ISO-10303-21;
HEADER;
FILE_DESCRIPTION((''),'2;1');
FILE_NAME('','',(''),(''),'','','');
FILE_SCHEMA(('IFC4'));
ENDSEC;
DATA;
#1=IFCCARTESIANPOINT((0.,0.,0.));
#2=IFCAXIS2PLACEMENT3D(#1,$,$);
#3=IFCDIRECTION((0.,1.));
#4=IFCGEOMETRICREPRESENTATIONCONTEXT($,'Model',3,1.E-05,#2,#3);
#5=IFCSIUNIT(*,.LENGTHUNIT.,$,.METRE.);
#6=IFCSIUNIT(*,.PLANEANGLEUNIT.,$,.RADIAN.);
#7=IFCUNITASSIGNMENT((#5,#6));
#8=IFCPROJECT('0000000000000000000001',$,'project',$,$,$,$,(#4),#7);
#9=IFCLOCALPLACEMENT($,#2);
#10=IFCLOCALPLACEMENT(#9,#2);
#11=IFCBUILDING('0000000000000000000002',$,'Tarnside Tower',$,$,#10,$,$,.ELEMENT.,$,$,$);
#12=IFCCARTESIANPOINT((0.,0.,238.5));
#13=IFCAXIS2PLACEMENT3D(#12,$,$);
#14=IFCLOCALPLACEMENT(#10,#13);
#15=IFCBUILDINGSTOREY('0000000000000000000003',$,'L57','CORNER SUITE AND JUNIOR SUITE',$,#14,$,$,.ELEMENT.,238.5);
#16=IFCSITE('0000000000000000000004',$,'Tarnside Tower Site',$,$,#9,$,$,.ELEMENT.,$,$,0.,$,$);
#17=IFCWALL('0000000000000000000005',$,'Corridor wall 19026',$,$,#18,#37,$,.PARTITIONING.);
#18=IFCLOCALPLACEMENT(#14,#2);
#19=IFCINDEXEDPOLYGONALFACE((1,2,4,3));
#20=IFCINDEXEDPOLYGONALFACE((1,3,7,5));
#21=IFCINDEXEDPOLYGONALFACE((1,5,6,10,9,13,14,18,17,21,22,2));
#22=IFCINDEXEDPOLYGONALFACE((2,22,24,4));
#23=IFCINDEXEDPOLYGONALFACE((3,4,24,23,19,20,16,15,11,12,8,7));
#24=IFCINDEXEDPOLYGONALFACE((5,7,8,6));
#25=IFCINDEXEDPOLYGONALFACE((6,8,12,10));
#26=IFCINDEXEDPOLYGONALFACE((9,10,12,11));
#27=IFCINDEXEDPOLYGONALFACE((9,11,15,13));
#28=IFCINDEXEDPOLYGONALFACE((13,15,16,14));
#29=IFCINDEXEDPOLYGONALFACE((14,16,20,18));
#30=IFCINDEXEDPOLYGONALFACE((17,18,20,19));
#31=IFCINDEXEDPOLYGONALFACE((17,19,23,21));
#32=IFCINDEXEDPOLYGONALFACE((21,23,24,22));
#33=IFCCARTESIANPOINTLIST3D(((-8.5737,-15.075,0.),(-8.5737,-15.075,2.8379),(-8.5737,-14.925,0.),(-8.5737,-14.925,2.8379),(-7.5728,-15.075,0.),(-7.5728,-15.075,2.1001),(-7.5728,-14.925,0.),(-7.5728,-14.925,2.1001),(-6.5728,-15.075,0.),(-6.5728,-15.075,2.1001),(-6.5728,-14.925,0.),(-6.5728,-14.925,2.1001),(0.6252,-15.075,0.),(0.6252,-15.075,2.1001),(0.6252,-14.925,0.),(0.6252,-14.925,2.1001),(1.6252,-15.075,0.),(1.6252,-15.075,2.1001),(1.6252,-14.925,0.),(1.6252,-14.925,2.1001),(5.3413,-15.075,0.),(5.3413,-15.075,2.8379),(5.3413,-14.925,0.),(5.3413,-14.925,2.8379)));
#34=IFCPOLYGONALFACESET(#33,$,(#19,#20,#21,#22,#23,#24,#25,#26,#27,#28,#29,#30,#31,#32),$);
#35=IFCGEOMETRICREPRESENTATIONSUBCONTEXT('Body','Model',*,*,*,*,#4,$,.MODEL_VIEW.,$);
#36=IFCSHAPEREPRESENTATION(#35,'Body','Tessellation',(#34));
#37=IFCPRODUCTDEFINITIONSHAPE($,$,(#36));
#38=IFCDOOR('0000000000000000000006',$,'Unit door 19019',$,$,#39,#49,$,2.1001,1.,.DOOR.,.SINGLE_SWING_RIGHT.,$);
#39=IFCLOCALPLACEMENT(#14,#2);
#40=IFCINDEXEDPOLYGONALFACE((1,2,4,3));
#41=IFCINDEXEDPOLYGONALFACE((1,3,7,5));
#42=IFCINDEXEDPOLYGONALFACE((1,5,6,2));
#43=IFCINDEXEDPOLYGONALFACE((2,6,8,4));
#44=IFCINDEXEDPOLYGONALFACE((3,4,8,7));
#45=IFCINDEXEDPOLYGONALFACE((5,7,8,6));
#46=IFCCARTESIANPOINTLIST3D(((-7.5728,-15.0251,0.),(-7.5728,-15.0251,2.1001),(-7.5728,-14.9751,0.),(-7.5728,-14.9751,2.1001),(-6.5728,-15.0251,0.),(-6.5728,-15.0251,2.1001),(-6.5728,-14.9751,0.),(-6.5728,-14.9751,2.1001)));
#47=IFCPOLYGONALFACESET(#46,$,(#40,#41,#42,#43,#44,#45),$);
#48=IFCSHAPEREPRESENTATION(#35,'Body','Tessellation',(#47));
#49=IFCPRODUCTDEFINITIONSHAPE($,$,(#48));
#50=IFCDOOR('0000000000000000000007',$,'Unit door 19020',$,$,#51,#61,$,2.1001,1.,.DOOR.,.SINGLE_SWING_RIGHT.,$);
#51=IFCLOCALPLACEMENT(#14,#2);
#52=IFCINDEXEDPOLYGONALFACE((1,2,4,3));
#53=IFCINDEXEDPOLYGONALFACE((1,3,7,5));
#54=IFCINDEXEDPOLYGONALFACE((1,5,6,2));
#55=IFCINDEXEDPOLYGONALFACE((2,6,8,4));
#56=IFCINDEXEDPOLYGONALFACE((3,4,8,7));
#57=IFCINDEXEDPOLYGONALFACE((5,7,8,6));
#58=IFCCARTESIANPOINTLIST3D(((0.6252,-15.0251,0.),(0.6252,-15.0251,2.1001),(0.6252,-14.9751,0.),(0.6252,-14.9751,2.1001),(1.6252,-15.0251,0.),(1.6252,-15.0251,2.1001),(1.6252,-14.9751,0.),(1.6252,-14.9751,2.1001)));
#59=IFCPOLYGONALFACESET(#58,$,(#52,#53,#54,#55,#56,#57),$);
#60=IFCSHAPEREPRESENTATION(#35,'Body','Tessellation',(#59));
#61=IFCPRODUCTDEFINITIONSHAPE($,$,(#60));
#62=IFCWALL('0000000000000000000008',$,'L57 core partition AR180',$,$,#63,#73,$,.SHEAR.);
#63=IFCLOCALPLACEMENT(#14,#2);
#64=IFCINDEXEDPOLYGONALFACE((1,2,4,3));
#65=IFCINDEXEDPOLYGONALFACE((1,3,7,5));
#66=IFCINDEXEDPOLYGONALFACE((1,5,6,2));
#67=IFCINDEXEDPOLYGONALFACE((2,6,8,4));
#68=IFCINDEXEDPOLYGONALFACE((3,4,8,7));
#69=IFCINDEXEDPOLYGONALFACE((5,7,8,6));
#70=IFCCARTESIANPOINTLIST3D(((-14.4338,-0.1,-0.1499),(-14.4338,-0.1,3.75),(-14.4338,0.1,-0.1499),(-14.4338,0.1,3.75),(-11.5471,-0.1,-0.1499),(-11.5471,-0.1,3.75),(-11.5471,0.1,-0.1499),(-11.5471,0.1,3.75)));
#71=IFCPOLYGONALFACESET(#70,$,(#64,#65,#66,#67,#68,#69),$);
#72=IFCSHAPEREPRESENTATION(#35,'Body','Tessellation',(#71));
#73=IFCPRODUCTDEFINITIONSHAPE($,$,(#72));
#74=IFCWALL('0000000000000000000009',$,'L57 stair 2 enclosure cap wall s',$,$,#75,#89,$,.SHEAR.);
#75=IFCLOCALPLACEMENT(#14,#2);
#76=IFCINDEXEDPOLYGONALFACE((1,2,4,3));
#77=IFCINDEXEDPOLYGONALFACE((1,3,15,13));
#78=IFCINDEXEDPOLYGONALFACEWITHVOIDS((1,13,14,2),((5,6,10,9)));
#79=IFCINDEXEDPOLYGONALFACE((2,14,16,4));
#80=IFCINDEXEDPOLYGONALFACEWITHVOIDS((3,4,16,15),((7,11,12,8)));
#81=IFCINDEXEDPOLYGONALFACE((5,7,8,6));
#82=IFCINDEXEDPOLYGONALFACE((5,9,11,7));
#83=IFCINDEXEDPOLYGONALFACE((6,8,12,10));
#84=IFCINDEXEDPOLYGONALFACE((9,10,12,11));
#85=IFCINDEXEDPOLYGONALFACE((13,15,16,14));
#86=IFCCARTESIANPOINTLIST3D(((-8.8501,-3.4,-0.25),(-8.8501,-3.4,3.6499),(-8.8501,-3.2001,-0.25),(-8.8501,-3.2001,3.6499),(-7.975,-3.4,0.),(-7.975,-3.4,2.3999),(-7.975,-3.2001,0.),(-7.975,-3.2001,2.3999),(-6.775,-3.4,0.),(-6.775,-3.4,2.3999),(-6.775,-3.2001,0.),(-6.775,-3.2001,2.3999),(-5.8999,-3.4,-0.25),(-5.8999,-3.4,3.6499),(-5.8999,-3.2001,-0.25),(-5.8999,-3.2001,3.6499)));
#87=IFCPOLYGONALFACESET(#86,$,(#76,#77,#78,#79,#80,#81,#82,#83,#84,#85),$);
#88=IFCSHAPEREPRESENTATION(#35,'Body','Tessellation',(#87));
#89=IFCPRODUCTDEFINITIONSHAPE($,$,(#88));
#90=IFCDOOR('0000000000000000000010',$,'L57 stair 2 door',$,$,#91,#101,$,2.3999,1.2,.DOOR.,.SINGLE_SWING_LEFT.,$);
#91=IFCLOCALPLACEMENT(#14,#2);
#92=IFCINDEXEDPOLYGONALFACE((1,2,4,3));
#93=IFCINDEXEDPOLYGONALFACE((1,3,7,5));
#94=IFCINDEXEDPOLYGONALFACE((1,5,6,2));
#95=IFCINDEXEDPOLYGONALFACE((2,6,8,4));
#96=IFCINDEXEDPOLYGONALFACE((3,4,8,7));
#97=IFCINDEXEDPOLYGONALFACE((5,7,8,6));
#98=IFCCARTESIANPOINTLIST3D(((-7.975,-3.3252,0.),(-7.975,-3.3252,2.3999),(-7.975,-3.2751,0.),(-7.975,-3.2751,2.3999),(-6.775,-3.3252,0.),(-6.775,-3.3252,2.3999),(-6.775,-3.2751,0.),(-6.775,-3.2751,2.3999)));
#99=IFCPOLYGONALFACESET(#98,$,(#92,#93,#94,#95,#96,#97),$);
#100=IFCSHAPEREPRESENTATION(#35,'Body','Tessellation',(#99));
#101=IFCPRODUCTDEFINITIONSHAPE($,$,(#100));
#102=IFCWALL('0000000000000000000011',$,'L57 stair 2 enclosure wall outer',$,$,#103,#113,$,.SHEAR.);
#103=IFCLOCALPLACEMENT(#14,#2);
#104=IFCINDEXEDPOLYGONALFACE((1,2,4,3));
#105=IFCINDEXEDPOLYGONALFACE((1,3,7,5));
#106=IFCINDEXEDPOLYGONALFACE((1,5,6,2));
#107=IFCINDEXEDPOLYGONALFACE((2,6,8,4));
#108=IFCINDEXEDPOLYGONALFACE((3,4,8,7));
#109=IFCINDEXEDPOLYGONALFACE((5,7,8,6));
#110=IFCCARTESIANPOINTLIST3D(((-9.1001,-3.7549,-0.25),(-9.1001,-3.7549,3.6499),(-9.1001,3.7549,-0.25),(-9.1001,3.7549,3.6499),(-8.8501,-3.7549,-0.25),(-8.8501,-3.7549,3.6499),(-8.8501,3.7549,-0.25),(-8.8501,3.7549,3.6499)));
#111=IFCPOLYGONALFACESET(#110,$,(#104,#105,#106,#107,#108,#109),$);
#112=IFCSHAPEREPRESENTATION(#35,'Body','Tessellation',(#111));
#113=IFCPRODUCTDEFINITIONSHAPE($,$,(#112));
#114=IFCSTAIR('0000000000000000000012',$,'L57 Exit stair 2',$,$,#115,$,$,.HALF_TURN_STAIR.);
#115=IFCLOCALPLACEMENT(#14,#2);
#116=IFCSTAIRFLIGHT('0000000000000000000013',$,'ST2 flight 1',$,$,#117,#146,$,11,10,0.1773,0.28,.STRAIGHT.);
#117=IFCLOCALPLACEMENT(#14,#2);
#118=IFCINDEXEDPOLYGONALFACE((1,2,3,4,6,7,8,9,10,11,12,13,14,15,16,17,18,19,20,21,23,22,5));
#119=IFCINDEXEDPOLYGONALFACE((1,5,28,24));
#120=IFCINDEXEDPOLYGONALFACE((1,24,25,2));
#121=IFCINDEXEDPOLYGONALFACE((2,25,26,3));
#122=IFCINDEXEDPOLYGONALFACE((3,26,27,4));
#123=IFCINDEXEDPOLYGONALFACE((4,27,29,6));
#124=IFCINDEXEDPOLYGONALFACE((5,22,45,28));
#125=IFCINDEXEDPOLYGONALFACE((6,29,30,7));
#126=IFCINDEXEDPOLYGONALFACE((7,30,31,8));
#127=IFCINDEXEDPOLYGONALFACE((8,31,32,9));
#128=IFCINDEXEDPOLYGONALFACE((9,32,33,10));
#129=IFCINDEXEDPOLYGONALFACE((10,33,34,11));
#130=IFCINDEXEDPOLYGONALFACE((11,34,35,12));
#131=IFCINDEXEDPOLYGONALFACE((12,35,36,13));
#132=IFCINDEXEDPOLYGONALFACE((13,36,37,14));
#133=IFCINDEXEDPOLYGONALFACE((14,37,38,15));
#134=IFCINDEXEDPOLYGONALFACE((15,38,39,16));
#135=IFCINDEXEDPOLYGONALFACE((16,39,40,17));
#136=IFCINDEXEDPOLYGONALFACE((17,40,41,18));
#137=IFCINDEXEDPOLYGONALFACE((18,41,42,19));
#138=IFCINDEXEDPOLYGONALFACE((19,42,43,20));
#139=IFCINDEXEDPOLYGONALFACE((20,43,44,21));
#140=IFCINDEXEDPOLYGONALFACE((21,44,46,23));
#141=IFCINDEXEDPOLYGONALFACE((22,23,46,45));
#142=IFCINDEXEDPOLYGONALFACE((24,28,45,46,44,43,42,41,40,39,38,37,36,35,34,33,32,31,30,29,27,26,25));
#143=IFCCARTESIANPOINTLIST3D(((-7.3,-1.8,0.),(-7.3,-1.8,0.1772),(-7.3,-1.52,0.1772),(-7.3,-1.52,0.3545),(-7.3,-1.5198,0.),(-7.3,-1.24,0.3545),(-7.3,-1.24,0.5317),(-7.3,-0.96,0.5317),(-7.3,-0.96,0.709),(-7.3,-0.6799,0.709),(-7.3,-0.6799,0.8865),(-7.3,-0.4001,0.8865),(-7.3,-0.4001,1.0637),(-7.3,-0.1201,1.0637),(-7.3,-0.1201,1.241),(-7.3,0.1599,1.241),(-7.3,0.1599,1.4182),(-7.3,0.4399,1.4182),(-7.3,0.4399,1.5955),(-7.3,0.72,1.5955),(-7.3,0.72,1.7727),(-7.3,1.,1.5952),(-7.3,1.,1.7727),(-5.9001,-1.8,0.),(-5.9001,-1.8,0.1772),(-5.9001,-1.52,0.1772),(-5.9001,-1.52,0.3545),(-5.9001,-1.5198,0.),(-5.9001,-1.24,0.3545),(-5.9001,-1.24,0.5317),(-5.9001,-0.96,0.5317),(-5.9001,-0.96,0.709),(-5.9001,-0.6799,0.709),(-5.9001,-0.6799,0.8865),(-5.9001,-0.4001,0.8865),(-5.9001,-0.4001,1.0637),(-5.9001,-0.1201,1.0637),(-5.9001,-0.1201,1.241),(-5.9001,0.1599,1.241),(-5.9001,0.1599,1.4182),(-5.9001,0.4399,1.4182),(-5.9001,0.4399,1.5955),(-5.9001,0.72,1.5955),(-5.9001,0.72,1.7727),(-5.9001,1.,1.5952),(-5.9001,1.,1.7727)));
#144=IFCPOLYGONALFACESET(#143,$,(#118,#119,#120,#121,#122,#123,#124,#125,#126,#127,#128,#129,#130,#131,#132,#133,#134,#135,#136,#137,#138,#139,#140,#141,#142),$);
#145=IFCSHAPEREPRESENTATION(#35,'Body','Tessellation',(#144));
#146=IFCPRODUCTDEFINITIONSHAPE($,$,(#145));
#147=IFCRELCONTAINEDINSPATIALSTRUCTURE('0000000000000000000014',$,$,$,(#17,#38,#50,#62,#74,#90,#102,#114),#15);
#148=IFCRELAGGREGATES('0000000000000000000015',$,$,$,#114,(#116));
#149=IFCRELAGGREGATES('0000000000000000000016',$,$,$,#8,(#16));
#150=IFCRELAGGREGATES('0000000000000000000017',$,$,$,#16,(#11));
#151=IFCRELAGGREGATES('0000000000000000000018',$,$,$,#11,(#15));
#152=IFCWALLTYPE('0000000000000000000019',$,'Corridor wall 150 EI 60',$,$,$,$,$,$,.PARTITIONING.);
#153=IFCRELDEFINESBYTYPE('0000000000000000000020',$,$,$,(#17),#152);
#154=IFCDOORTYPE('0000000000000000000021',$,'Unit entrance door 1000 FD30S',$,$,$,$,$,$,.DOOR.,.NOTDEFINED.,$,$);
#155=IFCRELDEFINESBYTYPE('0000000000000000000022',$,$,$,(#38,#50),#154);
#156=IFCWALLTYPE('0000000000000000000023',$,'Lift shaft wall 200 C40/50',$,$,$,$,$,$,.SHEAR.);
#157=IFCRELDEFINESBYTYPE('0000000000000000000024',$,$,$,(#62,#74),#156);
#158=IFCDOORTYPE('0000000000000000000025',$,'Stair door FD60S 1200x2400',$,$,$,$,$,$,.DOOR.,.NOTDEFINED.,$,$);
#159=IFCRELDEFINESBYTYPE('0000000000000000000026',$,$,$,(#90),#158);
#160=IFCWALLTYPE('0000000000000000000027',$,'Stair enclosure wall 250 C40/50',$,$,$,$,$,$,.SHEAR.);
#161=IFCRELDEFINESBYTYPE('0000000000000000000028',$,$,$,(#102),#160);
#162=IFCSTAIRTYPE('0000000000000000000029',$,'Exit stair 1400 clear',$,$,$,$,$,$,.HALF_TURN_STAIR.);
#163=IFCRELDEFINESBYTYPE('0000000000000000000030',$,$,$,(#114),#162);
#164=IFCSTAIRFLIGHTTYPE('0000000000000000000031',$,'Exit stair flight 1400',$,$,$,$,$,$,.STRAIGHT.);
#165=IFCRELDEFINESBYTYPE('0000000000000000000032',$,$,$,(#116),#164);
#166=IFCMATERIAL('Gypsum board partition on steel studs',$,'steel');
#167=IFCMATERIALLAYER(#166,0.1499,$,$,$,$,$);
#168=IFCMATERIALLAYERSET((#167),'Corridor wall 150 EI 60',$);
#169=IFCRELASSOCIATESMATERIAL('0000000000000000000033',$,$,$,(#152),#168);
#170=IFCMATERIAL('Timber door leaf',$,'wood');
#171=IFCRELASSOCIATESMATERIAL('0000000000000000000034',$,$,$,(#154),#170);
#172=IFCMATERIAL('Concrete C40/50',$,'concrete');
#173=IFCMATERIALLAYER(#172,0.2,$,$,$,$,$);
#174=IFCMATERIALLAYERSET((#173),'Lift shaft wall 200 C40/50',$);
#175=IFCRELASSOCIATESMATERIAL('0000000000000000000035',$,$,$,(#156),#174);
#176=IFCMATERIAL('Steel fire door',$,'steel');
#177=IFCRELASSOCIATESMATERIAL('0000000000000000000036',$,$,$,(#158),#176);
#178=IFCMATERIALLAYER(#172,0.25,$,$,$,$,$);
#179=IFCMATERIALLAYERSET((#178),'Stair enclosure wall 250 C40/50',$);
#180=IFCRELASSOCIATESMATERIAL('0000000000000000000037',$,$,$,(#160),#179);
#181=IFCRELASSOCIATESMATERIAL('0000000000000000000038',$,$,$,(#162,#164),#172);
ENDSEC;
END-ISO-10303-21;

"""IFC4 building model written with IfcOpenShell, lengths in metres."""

from ifc_helpers import new_model, si_unit, direction, frame, frame_2d, origin, place, context, subcontext, project, spatial, polyline, rectangle, outline, extrude, material, layer, layer_set, type_object, element, fill, aggregate, save


model = new_model("IFC4")

# Units and contexts
model_context = context("Model", 3, precision=1e-05, world=origin(), true_north=direction((0.0, 1.0)))
body_context = subcontext(model_context, "Body", "Model", "MODEL_VIEW")
ifc_project = project(units=[si_unit("LENGTHUNIT", "METRE"), si_unit("PLANEANGLEUNIT", "RADIAN")], contexts=[model_context])

# Site, building, storey
site_placement = place(None, origin())
site = spatial("IfcSite", under=ifc_project, at=site_placement, Name="Tarnside Tower Site", CompositionType="ELEMENT", RefElevation=0.0)
building_placement = place(site_placement, origin())
building = spatial("IfcBuilding", under=site, at=building_placement, Name="Tarnside Tower", CompositionType="ELEMENT")
storey_placement = place(building_placement, frame((0.0, 0.0, 238.5)))
storey = spatial("IfcBuildingStorey", under=building, at=storey_placement, Name="L57", Description="CORNER SUITE AND JUNIOR SUITE", CompositionType="ELEMENT", Elevation=238.5)

# Shared definitions
ifc_material_1 = material(Name="Gypsum board partition on steel studs", Category="steel")
ifc_material_2 = material(Name="Timber door leaf", Category="wood")
ifc_material_3 = material(Name="Steel fire door", Category="steel")
ifc_layer_1 = layer(ifc_material_1, 0.1499)
ifc_layer_set_1 = layer_set([ifc_layer_1], Name="Corridor wall 150 EI 60")
wall_type_1 = type_object("IfcWallType", Name="Corridor wall 150 EI 60", PredefinedType="PARTITIONING", material=ifc_layer_set_1)
door_type_1 = type_object("IfcDoorType", Name="Unit entrance door 1000 FD30S", OperationType="NOTDEFINED", PredefinedType="DOOR", material=ifc_material_2)

# Wall, openings, doors
wall_1_placement = place(storey_placement, frame((-8.5737, -15.0, 0.0), z_axis=(0.0, 0.0, 1.0), x_axis=(1.0, 0.0, 0.0)))
wall_1 = element("IfcWall", 1, at=wall_1_placement, inside=storey, type_object=wall_type_1, Name="Corridor wall 19026", PredefinedType="PARTITIONING", context=body_context, shape_type="SweptSolid", body=[
    extrude(rectangle(XDim=13.915, YDim=0.1499, at=frame_2d((6.9575, 0.0))), origin(), (0.0, 0.0, 1.0), 2.8379),
])
opening_1_placement = place(wall_1_placement, frame((1.001, 0.0, 0.0)))
opening_1 = element("IfcOpeningElement", 2, at=opening_1_placement, cuts=wall_1, PredefinedType="OPENING", context=body_context, shape_type="SweptSolid", body=[
    extrude(rectangle(XDim=1.0, YDim=2.1001, at=frame_2d((0.5, 1.05))), frame((0.0, 0.085, 0.0), z_axis=(0.0, -1.0, 0.0), x_axis=(1.0, 0.0, 0.0)), (0.0, 0.0, 1.0), 0.1699),
])
opening_2_placement = place(wall_1_placement, frame((9.199, 0.0, 0.0)))
opening_2 = element("IfcOpeningElement", 3, at=opening_2_placement, cuts=wall_1, PredefinedType="OPENING", context=body_context, shape_type="SweptSolid", body=[
    extrude(rectangle(XDim=1.0, YDim=2.1001, at=frame_2d((0.5, 1.05))), frame((0.0, 0.085, 0.0), z_axis=(0.0, -1.0, 0.0), x_axis=(1.0, 0.0, 0.0)), (0.0, 0.0, 1.0), 0.1699),
])
door_1_placement = place(opening_1_placement, origin())
door_1 = element("IfcDoor", 4, at=door_1_placement, inside=storey, type_object=door_type_1, Name="Unit door 19019", OperationType="SINGLE_SWING_RIGHT", OverallHeight=2.1001, OverallWidth=1.0, PredefinedType="DOOR", context=body_context, shape_type="SweptSolid", body=[
    extrude(rectangle(XDim=1.0, YDim=2.1001, at=frame_2d((0.5, 1.05))), frame((0.0, 0.0249, 0.0), z_axis=(0.0, -1.0, 0.0), x_axis=(1.0, 0.0, 0.0)), (0.0, 0.0, 1.0), 0.05),
])
fill(opening_1, door_1)
door_2_placement = place(opening_2_placement, origin())
door_2 = element("IfcDoor", 5, at=door_2_placement, inside=storey, type_object=door_type_1, Name="Unit door 19020", OperationType="SINGLE_SWING_RIGHT", OverallHeight=2.1001, OverallWidth=1.0, PredefinedType="DOOR", context=body_context, shape_type="SweptSolid", body=[
    extrude(rectangle(XDim=1.0, YDim=2.1001, at=frame_2d((0.5, 1.05))), frame((0.0, 0.0249, 0.0), z_axis=(0.0, -1.0, 0.0), x_axis=(1.0, 0.0, 0.0)), (0.0, 0.0, 1.0), 0.05),
])
fill(opening_2, door_2)

# Wall
ifc_material_4 = material(Name="Concrete C40/50", Category="concrete")
ifc_layer_2 = layer(ifc_material_4, 0.2)
ifc_layer_set_2 = layer_set([ifc_layer_2], Name="Lift shaft wall 200 C40/50")
wall_type_2 = type_object("IfcWallType", Name="Lift shaft wall 200 C40/50", PredefinedType="SHEAR", material=ifc_layer_set_2)
wall_2_placement = place(storey_placement, frame((-11.5471, 0.0, -0.1499), z_axis=(0.0, 0.0, 1.0), x_axis=(-1.0, 0.0, 0.0)))
element("IfcWall", 6, at=wall_2_placement, inside=storey, type_object=wall_type_2, Name="L57 core partition AR180", PredefinedType="SHEAR", context=body_context, shape_type="SweptSolid", body=[
    extrude(rectangle(XDim=2.8867, YDim=0.2, at=frame_2d((1.4434, 0.0))), origin(), (0.0, 0.0, 1.0), 3.8999),
])

# Wall, opening, door
wall_3_placement = place(storey_placement, frame((-8.8501, -3.3, -0.25), z_axis=(0.0, 0.0, 1.0), x_axis=(1.0, 0.0, 0.0)))
wall_3 = element("IfcWall", 7, at=wall_3_placement, inside=storey, type_object=wall_type_2, Name="L57 stair 2 enclosure cap wall s", PredefinedType="SHEAR", context=body_context, shape_type="SweptSolid", body=[
    extrude(rectangle(XDim=2.9502, YDim=0.2, at=frame_2d((1.4751, 0.0))), origin(), (0.0, 0.0, 1.0), 3.8999),
])
opening_3_placement = place(wall_3_placement, frame((0.875, 0.0, 0.25)))
opening_3 = element("IfcOpeningElement", 8, at=opening_3_placement, cuts=wall_3, PredefinedType="OPENING", context=body_context, shape_type="SweptSolid", body=[
    extrude(rectangle(XDim=1.2, YDim=2.3999, at=frame_2d((0.6001, 1.2))), frame((0.0, 0.1099, 0.0), z_axis=(0.0, -1.0, 0.0), x_axis=(1.0, 0.0, 0.0)), (0.0, 0.0, 1.0), 0.22),
])
door_type_2 = type_object("IfcDoorType", Name="Stair door FD60S 1200x2400", OperationType="NOTDEFINED", PredefinedType="DOOR", material=ifc_material_3)
door_3_placement = place(opening_3_placement, origin())
door_3 = element("IfcDoor", 9, at=door_3_placement, inside=storey, type_object=door_type_2, Name="L57 stair 2 door", OperationType="SINGLE_SWING_LEFT", OverallHeight=2.3999, OverallWidth=1.2, PredefinedType="DOOR", context=body_context, shape_type="SweptSolid", body=[
    extrude(rectangle(XDim=1.2, YDim=2.3999, at=frame_2d((0.6001, 1.2))), frame((0.0, 0.0249, 0.0), z_axis=(0.0, -1.0, 0.0), x_axis=(1.0, 0.0, 0.0)), (0.0, 0.0, 1.0), 0.05),
])
fill(opening_3, door_3)

# Wall
ifc_layer_3 = layer(ifc_material_4, 0.25)
ifc_layer_set_3 = layer_set([ifc_layer_3], Name="Stair enclosure wall 250 C40/50")
wall_type_3 = type_object("IfcWallType", Name="Stair enclosure wall 250 C40/50", PredefinedType="SHEAR", material=ifc_layer_set_3)
wall_4_placement = place(storey_placement, frame((-8.9751, -3.7549, -0.25), z_axis=(0.0, 0.0, 1.0), x_axis=(0.0, 1.0, 0.0)))
element("IfcWall", 10, at=wall_4_placement, inside=storey, type_object=wall_type_3, Name="L57 stair 2 enclosure wall outer", PredefinedType="SHEAR", context=body_context, shape_type="SweptSolid", body=[
    extrude(rectangle(XDim=7.5098, YDim=0.25, at=frame_2d((3.7549, 0.0))), origin(), (0.0, 0.0, 1.0), 3.8999),
])

# Stair, stair flight
stair_type = type_object("IfcStairType", Name="Exit stair 1400 clear", PredefinedType="HALF_TURN_STAIR", material=ifc_material_4)
stair_placement = place(storey_placement, origin())
stair = element("IfcStair", 11, at=stair_placement, inside=storey, type_object=stair_type, Name="L57 Exit stair 2", PredefinedType="HALF_TURN_STAIR")
stair_flight_type = type_object("IfcStairFlightType", Name="Exit stair flight 1400", PredefinedType="STRAIGHT", material=ifc_material_4)
stair_flight_placement = place(storey_placement, frame((-6.6001, -1.8, 0.0), z_axis=(0.0, 0.0, 1.0), x_axis=(0.0, 1.0, 0.0)))
stair_flight = element("IfcStairFlight", 12, at=stair_flight_placement, type_object=stair_flight_type, Name="ST2 flight 1", NumberOfRisers=11, NumberOfTreads=10, PredefinedType="STRAIGHT", RiserHeight=0.1773, TreadLength=0.28, context=body_context, shape_type="SweptSolid", body=[
    extrude(outline(polyline([(0.0, 0.0), (0.0, 0.1772), (0.28, 0.1772), (0.28, 0.3545), (0.5601, 0.3545), (0.5601, 0.5317), (0.8401, 0.5317), (0.8401, 0.709), (1.1201, 0.709), (1.1201, 0.8865), (1.3999, 0.8865), (1.3999, 1.0637), (1.6799, 1.0637), (1.6799, 1.241), (1.96, 1.241), (1.96, 1.4182), (2.24, 1.4182), (2.24, 1.5955), (2.52, 1.5955), (2.52, 1.7727), (2.8, 1.7727), (2.8, 1.95), (2.8, 1.5952), (0.2803, 0.0), (0.0, 0.0)])), frame((0.0, 0.7, 0.0), z_axis=(0.0, -1.0, 0.0), x_axis=(1.0, 0.0, 0.0)), (0.0, 0.0, 1.0), 1.3999),
])
aggregate(stair, [stair_flight])

save(model, "model.ifc")
